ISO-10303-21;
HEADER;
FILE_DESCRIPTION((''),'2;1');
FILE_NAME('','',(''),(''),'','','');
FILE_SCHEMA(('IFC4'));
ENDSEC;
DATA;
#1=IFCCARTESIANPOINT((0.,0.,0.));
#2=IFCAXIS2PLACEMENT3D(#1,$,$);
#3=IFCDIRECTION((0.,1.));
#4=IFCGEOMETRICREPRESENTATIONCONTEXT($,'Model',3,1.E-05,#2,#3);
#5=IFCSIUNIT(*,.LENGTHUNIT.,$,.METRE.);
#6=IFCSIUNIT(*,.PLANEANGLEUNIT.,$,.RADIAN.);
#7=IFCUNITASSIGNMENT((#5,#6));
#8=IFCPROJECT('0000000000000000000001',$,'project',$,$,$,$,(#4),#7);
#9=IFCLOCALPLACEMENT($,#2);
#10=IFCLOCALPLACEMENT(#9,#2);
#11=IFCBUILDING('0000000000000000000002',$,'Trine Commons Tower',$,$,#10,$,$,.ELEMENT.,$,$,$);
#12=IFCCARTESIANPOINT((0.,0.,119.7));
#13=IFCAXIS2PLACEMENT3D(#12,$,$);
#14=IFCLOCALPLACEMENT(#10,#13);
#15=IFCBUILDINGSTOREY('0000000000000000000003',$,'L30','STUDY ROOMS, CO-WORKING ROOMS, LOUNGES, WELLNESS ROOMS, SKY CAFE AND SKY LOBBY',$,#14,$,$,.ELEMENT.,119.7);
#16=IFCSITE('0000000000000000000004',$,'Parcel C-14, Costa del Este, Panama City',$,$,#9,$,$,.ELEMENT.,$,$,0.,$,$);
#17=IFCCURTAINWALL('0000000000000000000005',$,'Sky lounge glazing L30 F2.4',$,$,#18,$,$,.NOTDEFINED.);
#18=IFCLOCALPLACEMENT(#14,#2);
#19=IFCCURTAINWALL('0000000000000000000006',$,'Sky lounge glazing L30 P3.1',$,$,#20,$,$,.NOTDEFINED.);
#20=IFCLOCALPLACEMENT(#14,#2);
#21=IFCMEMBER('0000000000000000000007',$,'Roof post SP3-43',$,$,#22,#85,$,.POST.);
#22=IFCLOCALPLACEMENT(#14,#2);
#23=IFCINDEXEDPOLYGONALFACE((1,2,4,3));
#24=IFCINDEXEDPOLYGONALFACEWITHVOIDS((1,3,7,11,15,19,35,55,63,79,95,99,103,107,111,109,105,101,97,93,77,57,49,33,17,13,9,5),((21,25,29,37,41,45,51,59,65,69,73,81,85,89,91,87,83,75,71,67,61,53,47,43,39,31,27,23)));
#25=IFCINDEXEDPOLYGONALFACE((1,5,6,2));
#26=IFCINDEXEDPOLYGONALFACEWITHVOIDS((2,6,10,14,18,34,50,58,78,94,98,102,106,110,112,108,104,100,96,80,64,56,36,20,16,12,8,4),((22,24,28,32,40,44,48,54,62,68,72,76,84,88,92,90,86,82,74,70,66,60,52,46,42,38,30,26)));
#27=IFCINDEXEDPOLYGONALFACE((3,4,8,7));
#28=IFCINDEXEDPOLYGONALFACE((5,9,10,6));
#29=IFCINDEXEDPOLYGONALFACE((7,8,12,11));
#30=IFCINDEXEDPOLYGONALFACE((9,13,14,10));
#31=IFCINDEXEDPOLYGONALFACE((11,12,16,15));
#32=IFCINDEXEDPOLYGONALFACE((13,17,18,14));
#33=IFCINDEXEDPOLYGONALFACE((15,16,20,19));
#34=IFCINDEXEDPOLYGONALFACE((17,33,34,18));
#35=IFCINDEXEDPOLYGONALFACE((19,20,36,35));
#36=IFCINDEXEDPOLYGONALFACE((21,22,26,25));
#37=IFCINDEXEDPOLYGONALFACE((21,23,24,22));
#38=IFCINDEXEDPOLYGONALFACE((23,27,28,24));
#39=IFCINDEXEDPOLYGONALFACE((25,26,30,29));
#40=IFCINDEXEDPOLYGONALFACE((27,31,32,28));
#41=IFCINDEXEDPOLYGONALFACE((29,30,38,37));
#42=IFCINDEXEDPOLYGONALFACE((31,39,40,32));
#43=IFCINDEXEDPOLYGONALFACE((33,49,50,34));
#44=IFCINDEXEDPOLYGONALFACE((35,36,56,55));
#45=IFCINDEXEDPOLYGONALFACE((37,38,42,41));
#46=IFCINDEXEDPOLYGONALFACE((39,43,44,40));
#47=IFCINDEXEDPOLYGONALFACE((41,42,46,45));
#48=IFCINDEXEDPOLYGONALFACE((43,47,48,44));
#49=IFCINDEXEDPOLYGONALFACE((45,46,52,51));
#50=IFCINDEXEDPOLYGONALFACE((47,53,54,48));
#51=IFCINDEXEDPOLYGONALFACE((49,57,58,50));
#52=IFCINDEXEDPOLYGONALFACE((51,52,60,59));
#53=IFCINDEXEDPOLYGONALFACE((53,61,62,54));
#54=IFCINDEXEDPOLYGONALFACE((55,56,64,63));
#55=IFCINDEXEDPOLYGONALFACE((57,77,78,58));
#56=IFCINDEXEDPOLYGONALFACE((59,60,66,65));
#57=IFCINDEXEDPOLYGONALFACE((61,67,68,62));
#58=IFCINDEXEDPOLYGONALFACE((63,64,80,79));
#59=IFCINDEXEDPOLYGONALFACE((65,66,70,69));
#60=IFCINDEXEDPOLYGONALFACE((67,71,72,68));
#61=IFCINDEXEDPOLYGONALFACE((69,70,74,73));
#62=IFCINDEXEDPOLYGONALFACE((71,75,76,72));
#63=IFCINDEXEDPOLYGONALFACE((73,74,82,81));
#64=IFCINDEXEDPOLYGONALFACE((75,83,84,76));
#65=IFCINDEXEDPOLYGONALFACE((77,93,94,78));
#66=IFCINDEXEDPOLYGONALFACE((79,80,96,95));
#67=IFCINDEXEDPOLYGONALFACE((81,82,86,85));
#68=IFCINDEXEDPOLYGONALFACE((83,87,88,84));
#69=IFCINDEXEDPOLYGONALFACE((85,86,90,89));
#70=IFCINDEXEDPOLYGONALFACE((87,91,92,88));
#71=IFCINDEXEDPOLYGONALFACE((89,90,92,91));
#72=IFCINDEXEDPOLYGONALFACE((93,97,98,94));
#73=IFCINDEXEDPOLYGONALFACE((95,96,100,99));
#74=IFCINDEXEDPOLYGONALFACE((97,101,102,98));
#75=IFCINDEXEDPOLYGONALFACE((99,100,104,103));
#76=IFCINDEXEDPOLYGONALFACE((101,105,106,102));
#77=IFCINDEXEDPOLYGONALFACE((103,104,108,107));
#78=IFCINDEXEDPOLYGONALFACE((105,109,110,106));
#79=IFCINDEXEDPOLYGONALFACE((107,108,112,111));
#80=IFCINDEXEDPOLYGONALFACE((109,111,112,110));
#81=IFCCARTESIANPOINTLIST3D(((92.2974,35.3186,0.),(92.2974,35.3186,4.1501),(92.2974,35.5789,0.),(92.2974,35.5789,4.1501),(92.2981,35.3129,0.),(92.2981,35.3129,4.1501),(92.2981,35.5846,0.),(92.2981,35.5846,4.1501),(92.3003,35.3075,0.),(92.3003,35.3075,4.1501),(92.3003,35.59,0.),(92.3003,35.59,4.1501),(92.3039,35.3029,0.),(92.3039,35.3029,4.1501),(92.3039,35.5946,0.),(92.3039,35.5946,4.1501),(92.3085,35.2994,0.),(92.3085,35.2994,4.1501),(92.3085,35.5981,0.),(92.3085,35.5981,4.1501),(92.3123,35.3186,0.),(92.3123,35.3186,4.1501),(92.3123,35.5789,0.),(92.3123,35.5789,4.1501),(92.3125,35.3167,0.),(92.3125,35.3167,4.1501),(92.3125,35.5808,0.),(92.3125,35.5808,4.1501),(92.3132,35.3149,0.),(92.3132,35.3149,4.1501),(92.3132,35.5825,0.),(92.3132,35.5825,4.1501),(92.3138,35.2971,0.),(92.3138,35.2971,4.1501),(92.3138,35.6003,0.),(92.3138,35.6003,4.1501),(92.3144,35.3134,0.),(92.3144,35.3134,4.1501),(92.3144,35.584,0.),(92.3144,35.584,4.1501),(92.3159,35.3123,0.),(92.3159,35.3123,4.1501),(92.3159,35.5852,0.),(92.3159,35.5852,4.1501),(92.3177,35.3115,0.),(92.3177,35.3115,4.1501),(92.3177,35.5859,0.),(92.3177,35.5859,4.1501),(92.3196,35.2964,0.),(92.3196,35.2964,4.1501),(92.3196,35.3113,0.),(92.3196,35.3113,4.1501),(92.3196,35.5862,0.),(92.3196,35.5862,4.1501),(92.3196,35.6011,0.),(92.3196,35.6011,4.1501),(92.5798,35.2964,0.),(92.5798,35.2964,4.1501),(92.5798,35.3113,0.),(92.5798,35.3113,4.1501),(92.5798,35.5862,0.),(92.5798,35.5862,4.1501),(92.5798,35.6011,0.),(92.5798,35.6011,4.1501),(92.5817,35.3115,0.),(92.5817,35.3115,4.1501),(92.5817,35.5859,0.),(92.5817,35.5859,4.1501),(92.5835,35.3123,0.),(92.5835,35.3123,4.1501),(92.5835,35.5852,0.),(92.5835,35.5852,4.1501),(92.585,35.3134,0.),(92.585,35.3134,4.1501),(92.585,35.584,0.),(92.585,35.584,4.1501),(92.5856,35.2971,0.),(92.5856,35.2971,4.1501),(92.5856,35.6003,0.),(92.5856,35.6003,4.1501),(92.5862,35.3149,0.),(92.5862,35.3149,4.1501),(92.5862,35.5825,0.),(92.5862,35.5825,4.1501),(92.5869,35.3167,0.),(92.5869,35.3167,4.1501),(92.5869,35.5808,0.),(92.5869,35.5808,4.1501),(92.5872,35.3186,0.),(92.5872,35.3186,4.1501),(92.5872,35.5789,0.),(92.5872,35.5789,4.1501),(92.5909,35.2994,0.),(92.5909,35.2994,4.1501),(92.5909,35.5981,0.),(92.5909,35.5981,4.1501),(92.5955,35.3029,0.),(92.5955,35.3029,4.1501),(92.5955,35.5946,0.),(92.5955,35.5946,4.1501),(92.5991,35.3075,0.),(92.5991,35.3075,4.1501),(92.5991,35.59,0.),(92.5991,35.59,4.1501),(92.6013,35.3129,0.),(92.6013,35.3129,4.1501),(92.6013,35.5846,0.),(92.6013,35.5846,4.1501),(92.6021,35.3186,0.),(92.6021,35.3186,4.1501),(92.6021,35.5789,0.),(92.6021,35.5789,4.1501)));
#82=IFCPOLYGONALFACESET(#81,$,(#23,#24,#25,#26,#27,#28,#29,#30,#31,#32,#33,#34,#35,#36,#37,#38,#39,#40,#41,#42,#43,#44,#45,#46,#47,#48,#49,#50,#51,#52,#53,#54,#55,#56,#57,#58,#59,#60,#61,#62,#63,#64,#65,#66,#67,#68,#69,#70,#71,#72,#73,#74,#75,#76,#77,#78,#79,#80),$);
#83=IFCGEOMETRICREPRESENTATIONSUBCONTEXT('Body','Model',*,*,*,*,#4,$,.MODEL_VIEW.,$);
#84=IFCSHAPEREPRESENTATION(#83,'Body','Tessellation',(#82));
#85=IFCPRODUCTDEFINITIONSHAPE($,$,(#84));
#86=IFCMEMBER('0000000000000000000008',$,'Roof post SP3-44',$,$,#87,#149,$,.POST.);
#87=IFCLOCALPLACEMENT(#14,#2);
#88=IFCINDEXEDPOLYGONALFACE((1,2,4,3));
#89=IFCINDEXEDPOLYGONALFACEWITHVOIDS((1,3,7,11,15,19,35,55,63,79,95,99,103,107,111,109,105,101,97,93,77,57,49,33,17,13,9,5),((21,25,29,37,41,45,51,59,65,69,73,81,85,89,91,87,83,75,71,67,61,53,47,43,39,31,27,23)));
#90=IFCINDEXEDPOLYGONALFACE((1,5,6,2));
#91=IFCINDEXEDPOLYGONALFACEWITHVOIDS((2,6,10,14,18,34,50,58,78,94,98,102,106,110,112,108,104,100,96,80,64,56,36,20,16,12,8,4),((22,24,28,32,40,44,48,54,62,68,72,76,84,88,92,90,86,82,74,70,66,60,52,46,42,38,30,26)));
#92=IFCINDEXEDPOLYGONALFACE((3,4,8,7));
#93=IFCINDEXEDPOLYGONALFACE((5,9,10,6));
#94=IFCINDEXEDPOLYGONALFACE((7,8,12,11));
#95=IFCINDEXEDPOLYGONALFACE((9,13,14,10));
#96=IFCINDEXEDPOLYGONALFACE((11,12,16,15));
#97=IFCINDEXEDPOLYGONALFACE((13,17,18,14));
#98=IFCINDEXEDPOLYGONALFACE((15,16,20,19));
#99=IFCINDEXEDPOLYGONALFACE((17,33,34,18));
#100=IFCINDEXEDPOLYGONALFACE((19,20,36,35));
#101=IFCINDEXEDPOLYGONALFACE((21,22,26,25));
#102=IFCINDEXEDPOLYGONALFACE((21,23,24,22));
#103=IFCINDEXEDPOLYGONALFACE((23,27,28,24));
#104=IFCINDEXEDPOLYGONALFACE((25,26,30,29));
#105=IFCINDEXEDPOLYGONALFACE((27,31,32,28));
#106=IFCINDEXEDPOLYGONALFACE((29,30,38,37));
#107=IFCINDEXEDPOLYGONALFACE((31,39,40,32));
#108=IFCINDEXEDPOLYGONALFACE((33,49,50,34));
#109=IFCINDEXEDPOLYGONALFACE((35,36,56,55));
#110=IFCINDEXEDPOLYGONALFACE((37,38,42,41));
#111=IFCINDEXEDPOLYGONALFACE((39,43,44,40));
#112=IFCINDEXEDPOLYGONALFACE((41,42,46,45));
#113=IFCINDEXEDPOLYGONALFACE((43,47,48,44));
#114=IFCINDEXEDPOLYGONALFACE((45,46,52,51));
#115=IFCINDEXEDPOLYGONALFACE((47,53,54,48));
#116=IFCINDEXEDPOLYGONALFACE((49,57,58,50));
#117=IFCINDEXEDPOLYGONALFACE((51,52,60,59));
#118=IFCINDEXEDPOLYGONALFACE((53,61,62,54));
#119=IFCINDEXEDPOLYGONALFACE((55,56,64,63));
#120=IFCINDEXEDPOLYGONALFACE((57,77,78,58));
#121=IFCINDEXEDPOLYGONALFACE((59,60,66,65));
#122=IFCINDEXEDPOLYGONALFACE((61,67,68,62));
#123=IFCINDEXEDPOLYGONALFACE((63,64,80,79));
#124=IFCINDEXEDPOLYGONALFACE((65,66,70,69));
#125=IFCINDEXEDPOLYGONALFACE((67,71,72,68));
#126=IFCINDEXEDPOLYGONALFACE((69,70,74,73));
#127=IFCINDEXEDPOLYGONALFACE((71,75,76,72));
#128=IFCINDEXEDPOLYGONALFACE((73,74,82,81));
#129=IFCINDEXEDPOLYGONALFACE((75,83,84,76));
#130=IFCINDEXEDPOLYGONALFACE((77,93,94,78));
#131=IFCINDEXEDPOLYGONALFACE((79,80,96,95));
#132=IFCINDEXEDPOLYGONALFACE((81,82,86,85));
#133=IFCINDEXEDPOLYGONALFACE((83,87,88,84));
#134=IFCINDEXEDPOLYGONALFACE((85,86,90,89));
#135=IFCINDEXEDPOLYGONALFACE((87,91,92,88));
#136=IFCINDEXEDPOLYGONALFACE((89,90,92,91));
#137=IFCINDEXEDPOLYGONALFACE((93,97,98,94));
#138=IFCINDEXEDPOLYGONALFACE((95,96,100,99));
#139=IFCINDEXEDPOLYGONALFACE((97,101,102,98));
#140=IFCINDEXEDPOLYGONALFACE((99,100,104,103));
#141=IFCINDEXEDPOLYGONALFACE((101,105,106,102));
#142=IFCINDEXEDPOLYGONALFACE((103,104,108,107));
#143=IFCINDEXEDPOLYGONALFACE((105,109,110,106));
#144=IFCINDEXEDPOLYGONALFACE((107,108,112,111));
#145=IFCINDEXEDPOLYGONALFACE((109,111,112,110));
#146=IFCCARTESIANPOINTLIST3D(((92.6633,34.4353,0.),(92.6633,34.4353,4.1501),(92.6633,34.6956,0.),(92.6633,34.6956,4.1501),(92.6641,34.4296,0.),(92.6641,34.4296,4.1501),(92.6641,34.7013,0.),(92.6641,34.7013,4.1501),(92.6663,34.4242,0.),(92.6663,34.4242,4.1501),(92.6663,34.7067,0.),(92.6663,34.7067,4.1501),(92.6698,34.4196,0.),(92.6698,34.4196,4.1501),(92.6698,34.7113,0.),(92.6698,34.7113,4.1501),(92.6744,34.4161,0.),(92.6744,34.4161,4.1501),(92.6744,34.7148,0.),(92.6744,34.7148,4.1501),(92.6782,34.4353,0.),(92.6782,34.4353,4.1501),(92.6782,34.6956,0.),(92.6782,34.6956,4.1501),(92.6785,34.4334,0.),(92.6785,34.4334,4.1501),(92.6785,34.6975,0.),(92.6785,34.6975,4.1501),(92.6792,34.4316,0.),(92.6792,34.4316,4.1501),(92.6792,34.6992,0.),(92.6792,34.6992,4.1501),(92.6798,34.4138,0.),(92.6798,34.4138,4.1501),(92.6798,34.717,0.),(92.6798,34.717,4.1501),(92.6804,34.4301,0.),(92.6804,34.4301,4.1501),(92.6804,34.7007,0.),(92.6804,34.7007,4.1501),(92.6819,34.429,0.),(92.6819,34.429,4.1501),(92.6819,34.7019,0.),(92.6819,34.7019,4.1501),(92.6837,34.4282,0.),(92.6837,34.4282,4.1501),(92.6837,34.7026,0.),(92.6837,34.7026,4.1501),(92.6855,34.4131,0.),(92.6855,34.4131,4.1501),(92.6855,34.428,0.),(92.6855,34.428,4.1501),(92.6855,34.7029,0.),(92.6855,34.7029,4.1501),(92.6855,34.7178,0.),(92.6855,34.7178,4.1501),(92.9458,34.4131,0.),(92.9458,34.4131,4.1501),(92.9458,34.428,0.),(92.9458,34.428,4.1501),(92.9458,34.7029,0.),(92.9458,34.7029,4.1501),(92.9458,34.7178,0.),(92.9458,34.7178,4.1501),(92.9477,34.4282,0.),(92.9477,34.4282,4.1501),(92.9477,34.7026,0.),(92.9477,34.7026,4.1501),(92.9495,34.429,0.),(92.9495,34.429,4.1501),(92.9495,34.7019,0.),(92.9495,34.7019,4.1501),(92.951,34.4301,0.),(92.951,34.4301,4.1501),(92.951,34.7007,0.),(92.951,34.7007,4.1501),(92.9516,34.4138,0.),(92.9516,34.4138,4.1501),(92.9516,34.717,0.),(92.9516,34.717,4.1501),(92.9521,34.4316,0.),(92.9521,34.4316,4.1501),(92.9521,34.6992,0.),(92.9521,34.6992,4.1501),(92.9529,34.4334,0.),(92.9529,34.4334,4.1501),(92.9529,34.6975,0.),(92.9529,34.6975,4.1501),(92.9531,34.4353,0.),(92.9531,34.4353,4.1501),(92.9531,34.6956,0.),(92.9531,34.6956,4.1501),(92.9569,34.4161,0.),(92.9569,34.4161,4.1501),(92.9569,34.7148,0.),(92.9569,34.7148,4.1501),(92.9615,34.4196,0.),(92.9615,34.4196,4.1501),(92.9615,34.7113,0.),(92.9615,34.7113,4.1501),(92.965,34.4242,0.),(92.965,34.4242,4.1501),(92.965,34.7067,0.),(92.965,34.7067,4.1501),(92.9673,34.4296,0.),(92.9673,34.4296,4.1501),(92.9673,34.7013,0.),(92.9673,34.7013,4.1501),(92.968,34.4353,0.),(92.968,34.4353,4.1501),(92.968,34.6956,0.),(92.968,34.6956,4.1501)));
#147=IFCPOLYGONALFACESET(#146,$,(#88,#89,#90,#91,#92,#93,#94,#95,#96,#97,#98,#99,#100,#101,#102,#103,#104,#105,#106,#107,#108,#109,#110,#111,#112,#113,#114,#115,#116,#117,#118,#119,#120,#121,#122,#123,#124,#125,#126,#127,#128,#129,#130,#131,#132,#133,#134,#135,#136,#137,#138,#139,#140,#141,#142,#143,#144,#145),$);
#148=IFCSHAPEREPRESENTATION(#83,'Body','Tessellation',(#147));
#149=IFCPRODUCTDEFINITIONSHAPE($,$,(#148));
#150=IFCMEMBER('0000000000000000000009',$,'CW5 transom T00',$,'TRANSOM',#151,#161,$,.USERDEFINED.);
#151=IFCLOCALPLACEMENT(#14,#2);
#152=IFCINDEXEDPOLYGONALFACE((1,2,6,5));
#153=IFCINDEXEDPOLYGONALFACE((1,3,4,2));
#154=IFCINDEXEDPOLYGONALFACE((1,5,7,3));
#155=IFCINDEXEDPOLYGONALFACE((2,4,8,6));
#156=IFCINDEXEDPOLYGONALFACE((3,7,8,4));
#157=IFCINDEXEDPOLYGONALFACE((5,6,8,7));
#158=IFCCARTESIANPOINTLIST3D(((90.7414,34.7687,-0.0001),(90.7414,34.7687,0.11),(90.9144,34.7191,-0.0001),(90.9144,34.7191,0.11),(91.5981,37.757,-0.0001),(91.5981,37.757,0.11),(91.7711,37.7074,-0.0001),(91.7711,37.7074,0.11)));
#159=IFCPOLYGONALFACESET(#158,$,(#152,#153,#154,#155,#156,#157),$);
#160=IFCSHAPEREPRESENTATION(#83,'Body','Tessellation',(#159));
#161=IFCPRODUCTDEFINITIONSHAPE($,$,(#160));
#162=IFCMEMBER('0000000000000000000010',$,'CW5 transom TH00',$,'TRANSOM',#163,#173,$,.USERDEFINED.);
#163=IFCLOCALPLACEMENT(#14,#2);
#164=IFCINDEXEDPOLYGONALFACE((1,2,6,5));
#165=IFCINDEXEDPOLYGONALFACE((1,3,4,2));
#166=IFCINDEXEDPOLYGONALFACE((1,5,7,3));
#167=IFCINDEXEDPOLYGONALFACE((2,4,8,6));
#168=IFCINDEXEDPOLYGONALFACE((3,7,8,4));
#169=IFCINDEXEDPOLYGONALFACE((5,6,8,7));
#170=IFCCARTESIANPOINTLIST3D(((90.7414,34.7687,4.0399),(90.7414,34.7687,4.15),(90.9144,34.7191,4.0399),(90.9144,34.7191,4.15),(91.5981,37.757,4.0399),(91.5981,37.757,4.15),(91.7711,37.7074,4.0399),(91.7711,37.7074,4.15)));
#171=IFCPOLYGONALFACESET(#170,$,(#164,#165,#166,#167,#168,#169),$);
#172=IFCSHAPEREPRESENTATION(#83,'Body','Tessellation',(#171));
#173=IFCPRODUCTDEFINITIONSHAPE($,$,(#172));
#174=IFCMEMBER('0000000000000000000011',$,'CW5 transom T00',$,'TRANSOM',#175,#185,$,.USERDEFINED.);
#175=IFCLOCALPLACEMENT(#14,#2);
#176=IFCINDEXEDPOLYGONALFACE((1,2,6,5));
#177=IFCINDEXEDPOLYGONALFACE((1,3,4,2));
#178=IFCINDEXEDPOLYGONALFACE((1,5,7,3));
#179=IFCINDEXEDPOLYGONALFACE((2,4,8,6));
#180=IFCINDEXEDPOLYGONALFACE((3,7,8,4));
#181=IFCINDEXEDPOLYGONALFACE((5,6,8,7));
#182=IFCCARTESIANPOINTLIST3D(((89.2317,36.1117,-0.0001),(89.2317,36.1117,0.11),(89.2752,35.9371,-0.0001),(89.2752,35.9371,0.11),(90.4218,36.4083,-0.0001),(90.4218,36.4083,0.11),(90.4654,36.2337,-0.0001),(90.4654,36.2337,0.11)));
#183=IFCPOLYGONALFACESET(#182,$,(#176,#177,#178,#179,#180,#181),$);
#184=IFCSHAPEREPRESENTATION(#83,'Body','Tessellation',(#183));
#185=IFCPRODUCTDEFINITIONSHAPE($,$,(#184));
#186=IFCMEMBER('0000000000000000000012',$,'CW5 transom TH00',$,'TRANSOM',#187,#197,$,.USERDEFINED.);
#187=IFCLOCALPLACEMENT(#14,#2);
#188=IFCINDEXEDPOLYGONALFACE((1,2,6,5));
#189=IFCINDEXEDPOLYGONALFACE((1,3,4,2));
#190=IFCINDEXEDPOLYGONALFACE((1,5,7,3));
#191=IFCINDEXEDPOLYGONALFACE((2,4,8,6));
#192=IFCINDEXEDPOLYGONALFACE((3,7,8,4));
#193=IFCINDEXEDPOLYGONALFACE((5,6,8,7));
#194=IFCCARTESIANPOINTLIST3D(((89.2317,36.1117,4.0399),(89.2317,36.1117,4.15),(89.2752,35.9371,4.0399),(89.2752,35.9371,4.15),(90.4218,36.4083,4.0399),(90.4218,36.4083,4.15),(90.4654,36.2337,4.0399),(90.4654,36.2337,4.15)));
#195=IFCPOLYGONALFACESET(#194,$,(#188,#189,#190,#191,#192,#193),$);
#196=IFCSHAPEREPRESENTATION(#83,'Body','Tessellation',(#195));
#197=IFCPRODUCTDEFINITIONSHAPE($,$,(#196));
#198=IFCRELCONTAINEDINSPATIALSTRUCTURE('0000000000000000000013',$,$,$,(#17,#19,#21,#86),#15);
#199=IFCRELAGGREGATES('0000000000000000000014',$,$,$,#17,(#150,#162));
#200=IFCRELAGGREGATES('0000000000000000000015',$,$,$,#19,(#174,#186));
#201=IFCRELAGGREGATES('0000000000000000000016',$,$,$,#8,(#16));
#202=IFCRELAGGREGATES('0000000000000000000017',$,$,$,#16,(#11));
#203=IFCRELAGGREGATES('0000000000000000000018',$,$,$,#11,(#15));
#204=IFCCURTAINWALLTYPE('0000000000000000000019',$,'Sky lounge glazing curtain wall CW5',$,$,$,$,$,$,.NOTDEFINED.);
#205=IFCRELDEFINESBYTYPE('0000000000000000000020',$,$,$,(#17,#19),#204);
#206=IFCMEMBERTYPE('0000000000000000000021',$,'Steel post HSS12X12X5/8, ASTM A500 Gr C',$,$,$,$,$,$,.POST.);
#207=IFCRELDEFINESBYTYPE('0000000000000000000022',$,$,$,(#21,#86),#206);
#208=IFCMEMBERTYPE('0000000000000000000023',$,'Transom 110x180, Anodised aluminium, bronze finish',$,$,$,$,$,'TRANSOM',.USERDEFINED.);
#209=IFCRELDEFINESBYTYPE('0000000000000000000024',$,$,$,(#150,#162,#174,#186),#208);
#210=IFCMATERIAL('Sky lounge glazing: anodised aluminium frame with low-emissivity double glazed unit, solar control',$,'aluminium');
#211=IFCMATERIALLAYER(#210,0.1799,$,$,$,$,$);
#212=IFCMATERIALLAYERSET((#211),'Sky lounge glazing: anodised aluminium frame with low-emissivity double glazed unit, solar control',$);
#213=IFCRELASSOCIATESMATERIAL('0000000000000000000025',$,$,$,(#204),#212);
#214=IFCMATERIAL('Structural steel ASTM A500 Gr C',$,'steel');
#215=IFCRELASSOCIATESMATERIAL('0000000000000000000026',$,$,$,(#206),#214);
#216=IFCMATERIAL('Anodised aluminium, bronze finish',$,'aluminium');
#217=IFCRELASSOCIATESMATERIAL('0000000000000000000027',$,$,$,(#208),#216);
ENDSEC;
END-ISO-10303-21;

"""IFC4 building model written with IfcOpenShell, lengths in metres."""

from ifc_helpers import new_model, si_unit, direction, frame, origin, origin_2d, place, context, subcontext, project, spatial, rectangle, hollow_rectangle, extrude, material, layer, layer_set, material_profile, profile_set, type_object, element, aggregate, save


model = new_model("IFC4")

# Units and contexts
model_context = context("Model", 3, precision=1e-05, world=origin(), true_north=direction((0.0, 1.0)))
body_context = subcontext(model_context, "Body", "Model", "MODEL_VIEW")
ifc_project = project(units=[si_unit("LENGTHUNIT", "METRE"), si_unit("PLANEANGLEUNIT", "RADIAN")], contexts=[model_context])

# Site, building, storey
site_placement = place(None, origin())
site = spatial("IfcSite", under=ifc_project, at=site_placement, Name="Parcel C-14, Costa del Este, Panama City", CompositionType="ELEMENT", RefElevation=0.0)
building_placement = place(site_placement, origin())
building = spatial("IfcBuilding", under=site, at=building_placement, Name="Trine Commons Tower", CompositionType="ELEMENT")
storey_placement = place(building_placement, frame((0.0, 0.0, 119.7)))
storey = spatial("IfcBuildingStorey", under=building, at=storey_placement, Name="L30", Description="STUDY ROOMS, CO-WORKING ROOMS, LOUNGES, WELLNESS ROOMS, SKY CAFE AND SKY LOBBY", CompositionType="ELEMENT", Elevation=119.7)

# Curtain walls
ifc_material_1 = material(Name="Sky lounge glazing: anodised aluminium frame with low-emissivity double glazed unit, solar control", Category="aluminium")
ifc_layer_1 = layer(ifc_material_1, 0.1799)
ifc_layer_set_1 = layer_set([ifc_layer_1], Name="Sky lounge glazing: anodised aluminium frame with low-emissivity double glazed unit, solar control")
curtain_wall_type = type_object("IfcCurtainWallType", Name="Sky lounge glazing curtain wall CW5", PredefinedType="NOTDEFINED", material=ifc_layer_set_1)
curtain_wall_1_placement = place(storey_placement, origin())
curtain_wall_1 = element("IfcCurtainWall", 1, at=curtain_wall_1_placement, inside=storey, type_object=curtain_wall_type, Name="Sky lounge glazing L30 F2.4", PredefinedType="NOTDEFINED")
ifc_material_2 = material(Name="Anodised aluminium, bronze finish", Category="aluminium")
curtain_wall_2_placement = place(storey_placement, origin())
curtain_wall_2 = element("IfcCurtainWall", 2, at=curtain_wall_2_placement, inside=storey, type_object=curtain_wall_type, Name="Sky lounge glazing L30 P3.1", PredefinedType="NOTDEFINED")

# Members
ifc_material_3 = material(Name="Structural steel ASTM A500 Gr C", Category="steel")
ifc_material_profile_1 = material_profile(ifc_material_3, hollow_rectangle(XDim=0.3047, YDim=0.3047, WallThickness=0.0149, InnerFilletRadius=0.0073, OuterFilletRadius=0.0222, at=origin_2d()), Name="HSS12X12X5/8")
ifc_profile_set_1 = profile_set([ifc_material_profile_1], Name="Structural steel ASTM A500 Gr C")
member_type_1 = type_object("IfcMemberType", Name="Steel post HSS12X12X5/8, ASTM A500 Gr C", PredefinedType="POST", material=ifc_profile_set_1)
for number, where, z_axis, x_axis, name in (
    (3, (92.4497, 35.4487, 0.0), (0.0, 0.0, 1.0), (1.0, 0.0, 0.0), "Roof post SP3-43"),
    (4, (92.8157, 34.5654, 0.0), (0.0, 0.0, 1.0), (1.0, 0.0, 0.0), "Roof post SP3-44"),
):
    element("IfcMember", number, at=place(storey_placement, frame(where, z_axis=z_axis, x_axis=x_axis)), inside=storey, type_object=member_type_1, Name=name, PredefinedType="POST", context=body_context, shape_type="SweptSolid", body=[
        extrude(hollow_rectangle(XDim=0.3047, YDim=0.3047, WallThickness=0.0149, InnerFilletRadius=0.0073, OuterFilletRadius=0.0222, at=origin_2d()), origin(), (0.0, 0.0, 1.0), 4.1501),
    ])

# Members
ifc_material_profile_2 = material_profile(ifc_material_2, rectangle(XDim=0.1799, YDim=0.1101, at=origin_2d()), Name="Transom 110x180")
ifc_profile_set_2 = profile_set([ifc_material_profile_2], Name="Anodised aluminium, bronze finish")
member_type_2 = type_object("IfcMemberType", Name="Transom 110x180, Anodised aluminium, bronze finish", ElementType="TRANSOM", PredefinedType="USERDEFINED", material=ifc_profile_set_2)
member_1_placement = place(storey_placement, frame((91.6846, 37.7322, 0.0549), z_axis=(-0.275582, -0.961278, 0.0), x_axis=(0.961278, -0.275582, 0.0)))
member_1 = element("IfcMember", 5, at=member_1_placement, type_object=member_type_2, Name="CW5 transom T00", ObjectType="TRANSOM", PredefinedType="USERDEFINED", context=body_context, shape_type="SweptSolid", body=[
    extrude(rectangle(XDim=0.1799, YDim=0.1101, at=origin_2d()), origin(), (0.0, 0.0, 1.0), 3.1086),
])
member_2_placement = place(storey_placement, frame((91.6846, 37.7322, 4.095), z_axis=(-0.275582, -0.961278, 0.0), x_axis=(0.961278, -0.275582, 0.0)))
member_2 = element("IfcMember", 6, at=member_2_placement, type_object=member_type_2, Name="CW5 transom TH00", ObjectType="TRANSOM", PredefinedType="USERDEFINED", context=body_context, shape_type="SweptSolid", body=[
    extrude(rectangle(XDim=0.1799, YDim=0.1101, at=origin_2d()), origin(), (0.0, 0.0, 1.0), 3.1086),
])
member_3_placement = place(storey_placement, frame((90.4436, 36.321, 0.0549), z_axis=(-0.970318, -0.241833, 0.0), x_axis=(0.241833, -0.970318, 0.0)))
member_3 = element("IfcMember", 7, at=member_3_placement, type_object=member_type_2, Name="CW5 transom T00", ObjectType="TRANSOM", PredefinedType="USERDEFINED", context=body_context, shape_type="SweptSolid", body=[
    extrude(rectangle(XDim=0.1799, YDim=0.1101, at=origin_2d()), origin(), (0.0, 0.0, 1.0), 1.2266),
])
member_4_placement = place(storey_placement, frame((90.4436, 36.321, 4.095), z_axis=(-0.970318, -0.241833, 0.0), x_axis=(0.241833, -0.970318, 0.0)))
member_4 = element("IfcMember", 8, at=member_4_placement, type_object=member_type_2, Name="CW5 transom TH00", ObjectType="TRANSOM", PredefinedType="USERDEFINED", context=body_context, shape_type="SweptSolid", body=[
    extrude(rectangle(XDim=0.1799, YDim=0.1101, at=origin_2d()), origin(), (0.0, 0.0, 1.0), 1.2266),
])

aggregate(curtain_wall_1, [member_1, member_2])
aggregate(curtain_wall_2, [member_3, member_4])

save(model, "model.ifc")
